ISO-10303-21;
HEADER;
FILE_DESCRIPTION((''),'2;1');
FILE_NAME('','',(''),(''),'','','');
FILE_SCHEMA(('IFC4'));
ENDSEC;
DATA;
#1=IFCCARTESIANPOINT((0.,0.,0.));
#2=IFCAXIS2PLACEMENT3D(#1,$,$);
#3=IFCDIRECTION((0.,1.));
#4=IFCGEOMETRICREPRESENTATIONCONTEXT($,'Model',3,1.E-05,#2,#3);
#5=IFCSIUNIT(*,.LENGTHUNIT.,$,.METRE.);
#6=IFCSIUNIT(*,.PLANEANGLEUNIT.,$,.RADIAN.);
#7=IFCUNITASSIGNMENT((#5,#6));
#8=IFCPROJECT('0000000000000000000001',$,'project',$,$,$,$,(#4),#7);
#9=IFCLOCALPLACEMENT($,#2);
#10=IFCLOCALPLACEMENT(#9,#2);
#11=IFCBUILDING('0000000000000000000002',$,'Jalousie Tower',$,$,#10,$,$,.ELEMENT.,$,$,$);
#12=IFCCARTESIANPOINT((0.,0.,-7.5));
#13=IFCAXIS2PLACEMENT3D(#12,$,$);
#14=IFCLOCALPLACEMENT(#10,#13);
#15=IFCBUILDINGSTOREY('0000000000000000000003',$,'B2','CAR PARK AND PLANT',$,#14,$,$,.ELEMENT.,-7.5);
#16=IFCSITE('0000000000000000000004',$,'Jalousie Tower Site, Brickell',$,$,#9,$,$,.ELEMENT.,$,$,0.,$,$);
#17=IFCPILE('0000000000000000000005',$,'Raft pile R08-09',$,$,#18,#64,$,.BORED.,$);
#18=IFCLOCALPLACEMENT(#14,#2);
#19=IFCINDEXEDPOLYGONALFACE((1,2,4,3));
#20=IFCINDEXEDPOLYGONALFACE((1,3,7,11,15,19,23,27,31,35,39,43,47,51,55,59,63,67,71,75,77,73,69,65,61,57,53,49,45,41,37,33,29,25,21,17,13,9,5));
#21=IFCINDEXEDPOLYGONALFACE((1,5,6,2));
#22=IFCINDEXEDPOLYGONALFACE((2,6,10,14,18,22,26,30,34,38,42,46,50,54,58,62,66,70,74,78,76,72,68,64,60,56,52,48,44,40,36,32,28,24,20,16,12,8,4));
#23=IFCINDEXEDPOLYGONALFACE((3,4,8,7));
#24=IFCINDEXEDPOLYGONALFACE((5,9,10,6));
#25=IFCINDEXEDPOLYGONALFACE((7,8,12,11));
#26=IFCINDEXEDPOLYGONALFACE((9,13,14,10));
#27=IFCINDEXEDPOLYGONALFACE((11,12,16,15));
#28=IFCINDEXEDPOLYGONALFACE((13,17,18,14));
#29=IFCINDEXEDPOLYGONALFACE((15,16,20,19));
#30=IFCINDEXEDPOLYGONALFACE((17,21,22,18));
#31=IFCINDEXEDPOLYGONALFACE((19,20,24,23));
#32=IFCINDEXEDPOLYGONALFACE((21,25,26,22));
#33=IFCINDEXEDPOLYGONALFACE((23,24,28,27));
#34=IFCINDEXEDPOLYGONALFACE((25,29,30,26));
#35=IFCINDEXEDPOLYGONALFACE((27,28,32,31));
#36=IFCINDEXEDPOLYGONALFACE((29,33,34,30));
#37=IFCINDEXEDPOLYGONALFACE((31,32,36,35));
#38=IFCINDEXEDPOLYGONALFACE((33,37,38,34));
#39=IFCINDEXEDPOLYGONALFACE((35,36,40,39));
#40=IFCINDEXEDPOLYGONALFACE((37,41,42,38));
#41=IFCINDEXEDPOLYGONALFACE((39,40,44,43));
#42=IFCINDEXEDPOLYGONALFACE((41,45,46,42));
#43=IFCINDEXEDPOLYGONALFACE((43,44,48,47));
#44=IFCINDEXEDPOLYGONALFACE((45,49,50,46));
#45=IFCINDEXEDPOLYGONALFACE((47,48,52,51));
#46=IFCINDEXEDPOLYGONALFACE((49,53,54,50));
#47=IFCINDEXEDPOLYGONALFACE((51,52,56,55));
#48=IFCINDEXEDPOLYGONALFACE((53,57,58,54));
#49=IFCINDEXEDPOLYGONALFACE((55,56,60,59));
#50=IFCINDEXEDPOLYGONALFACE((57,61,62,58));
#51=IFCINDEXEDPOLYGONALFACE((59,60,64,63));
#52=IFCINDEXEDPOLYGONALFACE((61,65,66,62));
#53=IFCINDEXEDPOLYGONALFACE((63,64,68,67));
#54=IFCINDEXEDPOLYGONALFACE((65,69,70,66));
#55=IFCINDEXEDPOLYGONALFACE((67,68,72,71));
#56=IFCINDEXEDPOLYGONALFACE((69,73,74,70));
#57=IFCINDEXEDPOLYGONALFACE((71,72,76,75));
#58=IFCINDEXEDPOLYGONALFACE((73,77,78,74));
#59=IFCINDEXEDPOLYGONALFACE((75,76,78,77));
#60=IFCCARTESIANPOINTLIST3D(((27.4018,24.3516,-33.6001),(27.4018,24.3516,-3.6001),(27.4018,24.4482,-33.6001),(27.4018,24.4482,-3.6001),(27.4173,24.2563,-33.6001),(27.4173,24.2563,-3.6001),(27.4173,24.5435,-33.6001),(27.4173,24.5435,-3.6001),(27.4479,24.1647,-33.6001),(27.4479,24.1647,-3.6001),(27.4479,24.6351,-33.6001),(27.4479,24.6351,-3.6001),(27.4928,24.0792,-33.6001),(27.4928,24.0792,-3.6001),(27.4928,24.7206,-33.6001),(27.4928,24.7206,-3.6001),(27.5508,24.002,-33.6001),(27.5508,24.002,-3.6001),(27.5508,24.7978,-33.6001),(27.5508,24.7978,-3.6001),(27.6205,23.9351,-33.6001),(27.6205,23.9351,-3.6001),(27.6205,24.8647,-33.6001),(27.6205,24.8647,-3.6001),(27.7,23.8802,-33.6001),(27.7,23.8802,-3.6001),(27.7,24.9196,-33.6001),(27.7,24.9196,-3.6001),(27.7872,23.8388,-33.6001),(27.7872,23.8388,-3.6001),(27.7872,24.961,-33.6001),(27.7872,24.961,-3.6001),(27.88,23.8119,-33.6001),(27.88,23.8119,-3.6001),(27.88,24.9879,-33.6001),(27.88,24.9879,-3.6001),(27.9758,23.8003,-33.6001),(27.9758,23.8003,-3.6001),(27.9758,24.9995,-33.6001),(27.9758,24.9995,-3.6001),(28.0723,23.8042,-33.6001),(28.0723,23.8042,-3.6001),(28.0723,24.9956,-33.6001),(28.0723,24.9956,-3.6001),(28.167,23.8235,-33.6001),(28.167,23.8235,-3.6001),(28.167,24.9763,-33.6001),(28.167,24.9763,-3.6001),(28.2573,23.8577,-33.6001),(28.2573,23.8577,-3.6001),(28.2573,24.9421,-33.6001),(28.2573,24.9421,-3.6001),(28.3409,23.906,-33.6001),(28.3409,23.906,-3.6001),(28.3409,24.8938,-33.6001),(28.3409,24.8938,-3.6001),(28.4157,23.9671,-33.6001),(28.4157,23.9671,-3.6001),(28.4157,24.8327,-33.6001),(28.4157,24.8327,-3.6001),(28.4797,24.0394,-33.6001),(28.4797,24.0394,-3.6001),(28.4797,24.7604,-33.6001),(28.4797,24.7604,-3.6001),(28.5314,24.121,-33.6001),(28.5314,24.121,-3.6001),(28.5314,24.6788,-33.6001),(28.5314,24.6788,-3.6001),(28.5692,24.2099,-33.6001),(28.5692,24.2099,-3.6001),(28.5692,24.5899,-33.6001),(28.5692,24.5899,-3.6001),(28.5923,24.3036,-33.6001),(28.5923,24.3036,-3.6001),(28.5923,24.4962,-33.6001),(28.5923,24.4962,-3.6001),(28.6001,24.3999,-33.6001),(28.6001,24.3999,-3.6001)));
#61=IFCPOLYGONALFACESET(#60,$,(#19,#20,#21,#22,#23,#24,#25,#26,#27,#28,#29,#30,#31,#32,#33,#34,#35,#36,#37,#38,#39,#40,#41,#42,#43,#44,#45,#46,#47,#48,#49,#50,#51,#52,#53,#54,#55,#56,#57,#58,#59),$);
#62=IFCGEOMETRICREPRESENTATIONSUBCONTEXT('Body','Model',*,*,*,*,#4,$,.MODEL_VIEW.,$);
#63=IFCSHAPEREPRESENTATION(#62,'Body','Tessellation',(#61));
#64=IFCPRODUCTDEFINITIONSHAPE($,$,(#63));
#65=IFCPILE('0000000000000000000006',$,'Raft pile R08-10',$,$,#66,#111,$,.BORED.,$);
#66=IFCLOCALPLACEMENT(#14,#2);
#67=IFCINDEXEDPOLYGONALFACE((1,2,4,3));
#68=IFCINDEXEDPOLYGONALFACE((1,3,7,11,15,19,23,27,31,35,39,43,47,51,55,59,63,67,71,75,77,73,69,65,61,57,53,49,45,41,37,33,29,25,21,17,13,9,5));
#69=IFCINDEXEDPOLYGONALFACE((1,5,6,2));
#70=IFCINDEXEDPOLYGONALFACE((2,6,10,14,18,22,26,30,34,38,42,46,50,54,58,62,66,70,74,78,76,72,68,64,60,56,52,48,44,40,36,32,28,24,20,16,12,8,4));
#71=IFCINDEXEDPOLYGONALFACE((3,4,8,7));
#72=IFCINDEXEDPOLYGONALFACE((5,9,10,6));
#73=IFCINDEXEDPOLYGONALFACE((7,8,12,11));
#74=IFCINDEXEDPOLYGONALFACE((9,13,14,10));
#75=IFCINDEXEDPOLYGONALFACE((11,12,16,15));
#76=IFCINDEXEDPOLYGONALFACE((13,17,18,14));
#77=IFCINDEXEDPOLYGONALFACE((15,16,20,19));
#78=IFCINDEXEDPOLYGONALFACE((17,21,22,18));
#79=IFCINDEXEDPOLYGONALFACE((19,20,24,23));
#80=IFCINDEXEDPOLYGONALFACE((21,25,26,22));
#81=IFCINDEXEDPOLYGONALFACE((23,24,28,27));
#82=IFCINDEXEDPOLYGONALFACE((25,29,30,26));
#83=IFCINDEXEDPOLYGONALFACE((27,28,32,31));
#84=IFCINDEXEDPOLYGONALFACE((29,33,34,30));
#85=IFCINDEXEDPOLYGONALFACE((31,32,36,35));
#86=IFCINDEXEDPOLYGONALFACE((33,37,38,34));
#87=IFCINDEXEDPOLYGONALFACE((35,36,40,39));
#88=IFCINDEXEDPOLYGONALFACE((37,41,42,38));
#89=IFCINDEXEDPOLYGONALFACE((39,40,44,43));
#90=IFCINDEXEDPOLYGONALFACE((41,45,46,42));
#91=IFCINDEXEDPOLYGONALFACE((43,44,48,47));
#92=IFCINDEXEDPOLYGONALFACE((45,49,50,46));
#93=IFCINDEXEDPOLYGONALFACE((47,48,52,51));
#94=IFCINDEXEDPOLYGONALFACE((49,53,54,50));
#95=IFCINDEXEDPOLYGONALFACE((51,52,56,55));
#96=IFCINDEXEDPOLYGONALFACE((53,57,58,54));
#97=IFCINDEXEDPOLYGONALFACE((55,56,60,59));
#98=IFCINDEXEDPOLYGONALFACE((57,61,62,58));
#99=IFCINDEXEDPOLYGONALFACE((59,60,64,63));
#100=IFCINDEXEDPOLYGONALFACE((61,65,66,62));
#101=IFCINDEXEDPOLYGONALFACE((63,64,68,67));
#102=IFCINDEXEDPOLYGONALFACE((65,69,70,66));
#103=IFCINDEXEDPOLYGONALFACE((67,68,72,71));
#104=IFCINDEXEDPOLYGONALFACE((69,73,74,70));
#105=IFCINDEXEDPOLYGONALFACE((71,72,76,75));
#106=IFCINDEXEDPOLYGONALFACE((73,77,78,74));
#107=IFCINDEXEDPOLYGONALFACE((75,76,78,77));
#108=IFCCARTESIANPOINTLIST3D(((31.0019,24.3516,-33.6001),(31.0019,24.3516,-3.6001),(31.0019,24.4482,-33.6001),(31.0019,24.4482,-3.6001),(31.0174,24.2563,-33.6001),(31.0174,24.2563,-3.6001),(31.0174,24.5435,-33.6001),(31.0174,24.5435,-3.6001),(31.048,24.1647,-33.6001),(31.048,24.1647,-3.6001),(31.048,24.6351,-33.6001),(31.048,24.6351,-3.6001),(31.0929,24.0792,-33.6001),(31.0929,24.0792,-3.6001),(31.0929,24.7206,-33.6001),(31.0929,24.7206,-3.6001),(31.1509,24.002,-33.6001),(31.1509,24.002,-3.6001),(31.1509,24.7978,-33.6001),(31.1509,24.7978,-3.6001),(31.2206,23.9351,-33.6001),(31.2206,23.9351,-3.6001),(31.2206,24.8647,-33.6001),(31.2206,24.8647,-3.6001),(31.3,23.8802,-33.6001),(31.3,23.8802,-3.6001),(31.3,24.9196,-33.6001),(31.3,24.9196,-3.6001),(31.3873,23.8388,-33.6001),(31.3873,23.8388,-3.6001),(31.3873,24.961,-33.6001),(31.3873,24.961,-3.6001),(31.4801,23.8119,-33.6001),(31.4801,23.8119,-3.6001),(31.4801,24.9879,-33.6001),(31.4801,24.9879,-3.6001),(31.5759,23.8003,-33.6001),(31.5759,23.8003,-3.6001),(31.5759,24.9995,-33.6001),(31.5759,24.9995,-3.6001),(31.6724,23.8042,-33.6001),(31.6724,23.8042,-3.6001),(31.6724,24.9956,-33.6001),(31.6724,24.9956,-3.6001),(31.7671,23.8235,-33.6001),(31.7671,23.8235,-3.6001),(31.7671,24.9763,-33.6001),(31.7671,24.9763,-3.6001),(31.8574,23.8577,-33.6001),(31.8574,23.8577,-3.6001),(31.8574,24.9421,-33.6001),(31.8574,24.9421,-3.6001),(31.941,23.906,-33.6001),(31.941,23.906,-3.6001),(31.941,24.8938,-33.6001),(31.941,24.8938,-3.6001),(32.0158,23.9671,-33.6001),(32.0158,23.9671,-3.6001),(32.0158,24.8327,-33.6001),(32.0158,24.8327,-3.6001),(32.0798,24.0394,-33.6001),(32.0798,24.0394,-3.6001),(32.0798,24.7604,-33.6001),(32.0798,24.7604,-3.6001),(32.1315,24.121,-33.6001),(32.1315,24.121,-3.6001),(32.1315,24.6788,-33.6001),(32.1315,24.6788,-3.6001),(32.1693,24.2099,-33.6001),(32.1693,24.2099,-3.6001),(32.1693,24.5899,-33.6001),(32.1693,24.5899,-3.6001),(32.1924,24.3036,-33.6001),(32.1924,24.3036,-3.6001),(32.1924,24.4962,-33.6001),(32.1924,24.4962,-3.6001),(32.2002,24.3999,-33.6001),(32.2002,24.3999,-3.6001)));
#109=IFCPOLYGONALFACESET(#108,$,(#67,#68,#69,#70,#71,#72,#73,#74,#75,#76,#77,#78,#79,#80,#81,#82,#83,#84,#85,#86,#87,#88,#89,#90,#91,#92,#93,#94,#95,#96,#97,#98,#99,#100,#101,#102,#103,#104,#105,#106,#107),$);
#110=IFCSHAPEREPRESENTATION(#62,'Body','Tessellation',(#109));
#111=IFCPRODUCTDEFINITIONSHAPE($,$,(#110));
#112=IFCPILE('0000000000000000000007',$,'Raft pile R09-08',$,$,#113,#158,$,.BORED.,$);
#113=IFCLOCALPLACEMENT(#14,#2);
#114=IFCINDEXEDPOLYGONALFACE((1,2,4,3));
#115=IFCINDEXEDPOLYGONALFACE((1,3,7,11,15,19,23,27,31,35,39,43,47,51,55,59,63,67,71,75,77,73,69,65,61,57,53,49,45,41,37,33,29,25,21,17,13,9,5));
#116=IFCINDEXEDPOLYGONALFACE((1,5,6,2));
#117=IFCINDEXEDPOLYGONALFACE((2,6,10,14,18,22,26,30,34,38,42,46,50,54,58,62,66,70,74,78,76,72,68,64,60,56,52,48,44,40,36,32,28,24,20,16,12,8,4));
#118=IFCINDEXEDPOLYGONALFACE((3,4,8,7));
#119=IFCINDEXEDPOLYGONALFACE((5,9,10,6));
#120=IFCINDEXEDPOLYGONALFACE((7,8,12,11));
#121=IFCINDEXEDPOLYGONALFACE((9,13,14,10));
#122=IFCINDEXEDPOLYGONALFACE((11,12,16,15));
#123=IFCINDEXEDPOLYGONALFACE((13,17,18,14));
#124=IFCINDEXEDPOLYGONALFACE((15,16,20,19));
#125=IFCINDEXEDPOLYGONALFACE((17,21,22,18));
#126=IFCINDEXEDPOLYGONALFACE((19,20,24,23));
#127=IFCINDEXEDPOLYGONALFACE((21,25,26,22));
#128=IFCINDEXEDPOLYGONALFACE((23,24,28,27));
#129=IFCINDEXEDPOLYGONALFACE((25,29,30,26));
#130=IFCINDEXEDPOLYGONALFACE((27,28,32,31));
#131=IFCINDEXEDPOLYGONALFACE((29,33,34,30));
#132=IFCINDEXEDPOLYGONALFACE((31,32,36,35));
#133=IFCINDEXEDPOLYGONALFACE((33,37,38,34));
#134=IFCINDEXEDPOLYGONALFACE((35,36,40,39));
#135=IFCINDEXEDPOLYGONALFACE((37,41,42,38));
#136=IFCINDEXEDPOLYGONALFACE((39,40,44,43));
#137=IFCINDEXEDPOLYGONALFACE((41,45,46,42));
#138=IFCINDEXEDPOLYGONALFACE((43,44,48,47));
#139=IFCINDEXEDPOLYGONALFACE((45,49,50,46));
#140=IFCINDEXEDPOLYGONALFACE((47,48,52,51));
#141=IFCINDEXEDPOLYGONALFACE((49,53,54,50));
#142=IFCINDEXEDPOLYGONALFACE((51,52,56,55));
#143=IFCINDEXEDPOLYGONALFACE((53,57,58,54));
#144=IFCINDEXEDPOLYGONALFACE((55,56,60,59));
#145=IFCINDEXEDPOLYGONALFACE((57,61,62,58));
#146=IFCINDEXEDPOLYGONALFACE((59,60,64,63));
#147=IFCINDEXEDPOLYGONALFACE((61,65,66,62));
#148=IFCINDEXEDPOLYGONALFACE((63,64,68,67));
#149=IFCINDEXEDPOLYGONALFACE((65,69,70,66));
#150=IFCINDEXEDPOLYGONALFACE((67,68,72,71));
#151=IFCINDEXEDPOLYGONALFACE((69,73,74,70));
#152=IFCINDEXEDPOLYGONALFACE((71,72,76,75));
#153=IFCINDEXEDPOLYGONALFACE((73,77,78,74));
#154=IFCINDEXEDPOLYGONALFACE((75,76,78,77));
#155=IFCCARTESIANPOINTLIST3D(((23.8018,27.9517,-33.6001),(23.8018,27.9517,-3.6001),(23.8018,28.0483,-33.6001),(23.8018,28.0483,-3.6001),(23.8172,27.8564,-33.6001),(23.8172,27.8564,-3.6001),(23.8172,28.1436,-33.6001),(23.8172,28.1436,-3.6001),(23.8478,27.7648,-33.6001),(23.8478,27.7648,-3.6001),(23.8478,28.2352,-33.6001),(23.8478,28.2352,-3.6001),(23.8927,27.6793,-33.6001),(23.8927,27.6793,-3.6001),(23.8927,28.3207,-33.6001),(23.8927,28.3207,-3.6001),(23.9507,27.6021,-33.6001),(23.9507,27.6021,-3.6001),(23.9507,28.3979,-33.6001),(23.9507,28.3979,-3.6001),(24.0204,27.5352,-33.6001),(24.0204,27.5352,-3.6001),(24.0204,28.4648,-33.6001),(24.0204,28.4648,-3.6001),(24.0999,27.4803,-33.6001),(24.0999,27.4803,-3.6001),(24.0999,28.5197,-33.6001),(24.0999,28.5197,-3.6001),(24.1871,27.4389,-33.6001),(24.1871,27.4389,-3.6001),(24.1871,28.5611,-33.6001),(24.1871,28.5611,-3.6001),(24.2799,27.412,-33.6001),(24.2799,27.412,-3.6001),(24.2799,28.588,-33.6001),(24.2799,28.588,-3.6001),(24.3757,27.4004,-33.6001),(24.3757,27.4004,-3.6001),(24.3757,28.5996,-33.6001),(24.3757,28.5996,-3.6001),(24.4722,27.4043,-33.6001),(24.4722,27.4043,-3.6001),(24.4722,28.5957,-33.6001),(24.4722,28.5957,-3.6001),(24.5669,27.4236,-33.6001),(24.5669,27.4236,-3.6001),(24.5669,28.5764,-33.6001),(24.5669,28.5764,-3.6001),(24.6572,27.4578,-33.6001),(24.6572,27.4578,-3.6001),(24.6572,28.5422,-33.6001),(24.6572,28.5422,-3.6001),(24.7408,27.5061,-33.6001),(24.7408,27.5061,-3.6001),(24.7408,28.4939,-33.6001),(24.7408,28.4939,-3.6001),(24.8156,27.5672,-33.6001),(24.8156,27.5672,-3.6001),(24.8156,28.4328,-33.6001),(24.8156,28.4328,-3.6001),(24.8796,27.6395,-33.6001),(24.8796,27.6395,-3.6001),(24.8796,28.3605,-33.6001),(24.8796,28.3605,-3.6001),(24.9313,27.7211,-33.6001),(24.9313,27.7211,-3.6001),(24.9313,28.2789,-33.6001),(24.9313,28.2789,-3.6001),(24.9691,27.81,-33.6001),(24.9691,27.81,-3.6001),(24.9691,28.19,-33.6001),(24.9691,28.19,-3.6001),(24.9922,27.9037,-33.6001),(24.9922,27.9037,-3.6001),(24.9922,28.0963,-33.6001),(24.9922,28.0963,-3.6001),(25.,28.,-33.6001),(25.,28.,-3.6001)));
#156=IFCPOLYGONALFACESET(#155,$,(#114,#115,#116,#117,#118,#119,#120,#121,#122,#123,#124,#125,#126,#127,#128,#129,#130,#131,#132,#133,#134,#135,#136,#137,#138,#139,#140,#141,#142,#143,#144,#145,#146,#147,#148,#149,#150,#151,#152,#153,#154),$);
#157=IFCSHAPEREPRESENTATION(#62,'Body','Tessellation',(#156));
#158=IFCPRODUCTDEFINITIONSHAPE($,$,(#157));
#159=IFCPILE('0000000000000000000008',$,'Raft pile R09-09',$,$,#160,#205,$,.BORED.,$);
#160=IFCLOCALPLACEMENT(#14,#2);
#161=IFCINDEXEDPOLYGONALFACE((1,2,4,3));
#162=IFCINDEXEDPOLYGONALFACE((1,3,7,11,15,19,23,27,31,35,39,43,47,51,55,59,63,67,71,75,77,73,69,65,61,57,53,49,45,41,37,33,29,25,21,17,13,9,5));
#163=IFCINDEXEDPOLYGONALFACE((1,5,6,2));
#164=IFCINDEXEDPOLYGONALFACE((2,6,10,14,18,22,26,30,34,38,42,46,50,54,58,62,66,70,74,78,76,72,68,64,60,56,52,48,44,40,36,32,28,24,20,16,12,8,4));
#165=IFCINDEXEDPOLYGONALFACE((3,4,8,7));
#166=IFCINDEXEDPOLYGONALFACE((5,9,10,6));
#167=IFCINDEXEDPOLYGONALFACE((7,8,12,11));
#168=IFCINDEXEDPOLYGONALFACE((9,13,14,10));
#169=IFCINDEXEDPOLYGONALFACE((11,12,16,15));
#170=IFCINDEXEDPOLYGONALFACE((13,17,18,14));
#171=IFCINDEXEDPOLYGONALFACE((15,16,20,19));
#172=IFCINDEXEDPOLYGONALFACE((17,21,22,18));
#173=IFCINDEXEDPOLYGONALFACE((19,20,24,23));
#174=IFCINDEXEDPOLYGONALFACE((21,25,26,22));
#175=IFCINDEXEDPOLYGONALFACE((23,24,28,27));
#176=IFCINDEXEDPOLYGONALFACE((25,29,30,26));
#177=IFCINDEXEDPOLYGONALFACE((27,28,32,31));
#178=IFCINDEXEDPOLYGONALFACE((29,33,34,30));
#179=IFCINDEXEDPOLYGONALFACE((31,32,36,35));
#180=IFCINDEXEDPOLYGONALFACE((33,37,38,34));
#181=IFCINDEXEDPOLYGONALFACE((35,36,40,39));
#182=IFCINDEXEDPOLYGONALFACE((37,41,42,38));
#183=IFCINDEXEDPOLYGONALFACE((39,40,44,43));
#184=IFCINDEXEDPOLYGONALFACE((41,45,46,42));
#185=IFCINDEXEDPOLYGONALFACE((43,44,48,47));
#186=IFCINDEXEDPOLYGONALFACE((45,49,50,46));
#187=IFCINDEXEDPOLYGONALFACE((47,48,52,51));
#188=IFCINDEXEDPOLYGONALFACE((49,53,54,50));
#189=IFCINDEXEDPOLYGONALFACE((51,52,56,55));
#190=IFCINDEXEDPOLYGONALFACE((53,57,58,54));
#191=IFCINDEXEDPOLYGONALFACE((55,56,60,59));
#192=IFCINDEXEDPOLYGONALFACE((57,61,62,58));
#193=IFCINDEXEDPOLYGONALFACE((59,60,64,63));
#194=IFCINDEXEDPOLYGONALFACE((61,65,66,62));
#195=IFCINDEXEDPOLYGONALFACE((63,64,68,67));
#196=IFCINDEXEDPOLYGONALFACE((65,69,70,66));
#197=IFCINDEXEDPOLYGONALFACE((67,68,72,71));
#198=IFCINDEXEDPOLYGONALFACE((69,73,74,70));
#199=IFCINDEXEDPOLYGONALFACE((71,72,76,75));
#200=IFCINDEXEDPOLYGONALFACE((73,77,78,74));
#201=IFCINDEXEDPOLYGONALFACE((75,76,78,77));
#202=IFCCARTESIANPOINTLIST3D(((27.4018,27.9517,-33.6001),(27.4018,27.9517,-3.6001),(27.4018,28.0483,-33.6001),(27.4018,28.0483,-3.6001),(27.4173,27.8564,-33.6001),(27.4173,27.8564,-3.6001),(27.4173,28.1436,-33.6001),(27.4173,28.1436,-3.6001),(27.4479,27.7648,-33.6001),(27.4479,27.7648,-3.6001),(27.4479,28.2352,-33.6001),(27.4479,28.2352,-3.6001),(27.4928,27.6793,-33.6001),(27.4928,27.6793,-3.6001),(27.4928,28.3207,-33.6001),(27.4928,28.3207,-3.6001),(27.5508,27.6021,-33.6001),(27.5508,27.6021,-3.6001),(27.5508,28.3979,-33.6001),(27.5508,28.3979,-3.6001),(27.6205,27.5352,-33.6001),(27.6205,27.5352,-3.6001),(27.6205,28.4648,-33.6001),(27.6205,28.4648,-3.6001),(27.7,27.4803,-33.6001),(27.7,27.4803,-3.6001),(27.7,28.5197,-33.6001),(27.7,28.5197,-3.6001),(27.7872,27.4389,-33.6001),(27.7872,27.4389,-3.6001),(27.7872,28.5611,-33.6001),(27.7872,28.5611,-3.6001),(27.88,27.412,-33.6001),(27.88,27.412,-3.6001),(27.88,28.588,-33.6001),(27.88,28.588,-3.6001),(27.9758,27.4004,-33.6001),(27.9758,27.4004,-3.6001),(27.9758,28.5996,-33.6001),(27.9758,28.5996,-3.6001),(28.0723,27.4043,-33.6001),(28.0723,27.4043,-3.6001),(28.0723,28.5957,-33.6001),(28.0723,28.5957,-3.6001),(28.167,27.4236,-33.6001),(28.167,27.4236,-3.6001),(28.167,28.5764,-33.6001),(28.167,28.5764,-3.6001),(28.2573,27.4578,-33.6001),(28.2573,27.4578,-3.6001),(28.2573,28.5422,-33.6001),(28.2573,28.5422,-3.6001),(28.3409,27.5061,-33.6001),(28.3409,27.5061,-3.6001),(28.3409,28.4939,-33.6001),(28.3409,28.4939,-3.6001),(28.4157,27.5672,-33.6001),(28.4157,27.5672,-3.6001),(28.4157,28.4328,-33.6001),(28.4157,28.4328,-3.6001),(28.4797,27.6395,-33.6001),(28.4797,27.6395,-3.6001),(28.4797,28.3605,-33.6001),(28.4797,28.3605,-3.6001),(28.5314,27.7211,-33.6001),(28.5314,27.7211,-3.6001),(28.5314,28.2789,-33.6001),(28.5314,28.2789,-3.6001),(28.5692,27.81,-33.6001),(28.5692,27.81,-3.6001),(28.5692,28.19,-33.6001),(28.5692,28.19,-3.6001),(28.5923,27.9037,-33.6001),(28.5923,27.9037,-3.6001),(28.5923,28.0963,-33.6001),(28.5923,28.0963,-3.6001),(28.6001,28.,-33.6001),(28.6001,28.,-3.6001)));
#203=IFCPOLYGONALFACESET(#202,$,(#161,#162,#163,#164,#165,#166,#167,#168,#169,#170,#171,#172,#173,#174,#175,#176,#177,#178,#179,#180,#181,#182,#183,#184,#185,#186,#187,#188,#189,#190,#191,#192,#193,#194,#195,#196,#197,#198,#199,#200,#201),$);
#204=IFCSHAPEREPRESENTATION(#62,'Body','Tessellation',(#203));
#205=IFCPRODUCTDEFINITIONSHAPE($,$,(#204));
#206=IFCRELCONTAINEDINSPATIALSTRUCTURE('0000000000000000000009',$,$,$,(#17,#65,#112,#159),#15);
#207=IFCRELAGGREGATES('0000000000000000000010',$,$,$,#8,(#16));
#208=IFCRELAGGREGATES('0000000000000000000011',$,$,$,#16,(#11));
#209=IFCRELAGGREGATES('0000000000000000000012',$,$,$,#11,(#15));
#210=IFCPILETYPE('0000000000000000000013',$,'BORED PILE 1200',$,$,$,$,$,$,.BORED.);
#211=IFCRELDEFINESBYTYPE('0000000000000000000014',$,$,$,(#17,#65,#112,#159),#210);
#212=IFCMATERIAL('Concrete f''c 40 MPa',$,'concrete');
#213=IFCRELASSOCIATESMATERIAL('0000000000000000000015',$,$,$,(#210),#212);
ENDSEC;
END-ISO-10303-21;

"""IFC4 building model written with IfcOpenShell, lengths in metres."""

from ifc_helpers import new_model, si_unit, direction, frame, origin, origin_2d, place, context, subcontext, project, spatial, circle, extrude, material, material_profile, profile_set, type_object, element, save


model = new_model("IFC4")

# Units and contexts
model_context = context("Model", 3, precision=1e-05, world=origin(), true_north=direction((0.0, 1.0)))
body_context = subcontext(model_context, "Body", "Model", "MODEL_VIEW")
ifc_project = project(units=[si_unit("LENGTHUNIT", "METRE"), si_unit("PLANEANGLEUNIT", "RADIAN")], contexts=[model_context])

# Site, building, storey
site_placement = place(None, origin())
site = spatial("IfcSite", under=ifc_project, at=site_placement, Name="Jalousie Tower Site, Brickell", CompositionType="ELEMENT", RefElevation=0.0)
building_placement = place(site_placement, origin())
building = spatial("IfcBuilding", under=site, at=building_placement, Name="Jalousie Tower", CompositionType="ELEMENT")
storey_placement = place(building_placement, frame((0.0, 0.0, -7.5)))
storey = spatial("IfcBuildingStorey", under=building, at=storey_placement, Name="B2", Description="CAR PARK AND PLANT", CompositionType="ELEMENT", Elevation=-7.5)

# Piles
ifc_material_1 = material(Name="Concrete f'c 40 MPa", Category="concrete")
ifc_material_profile = material_profile(ifc_material_1, circle(Radius=0.6001, at=origin_2d()), Name="BORED PILE D1200")
ifc_profile_set = profile_set([ifc_material_profile], Name="Concrete f'c 40 MPa")
pile_type = type_object("IfcPileType", Name="BORED PILE 1200", PredefinedType="BORED", material=ifc_profile_set)
for number, where, z_axis, x_axis, name in (
    (1, (28.0, 24.3999, -3.6001), (0.0, 0.0, -1.0), (1.0, 0.0, 0.0), "Raft pile R08-09"),
    (2, (31.6001, 24.3999, -3.6001), (0.0, 0.0, -1.0), (1.0, 0.0, 0.0), "Raft pile R08-10"),
    (3, (24.3999, 28.0, -3.6001), (0.0, 0.0, -1.0), (1.0, 0.0, 0.0), "Raft pile R09-08"),
    (4, (28.0, 28.0, -3.6001), (0.0, 0.0, -1.0), (1.0, 0.0, 0.0), "Raft pile R09-09"),
):
    element("IfcPile", number, at=place(storey_placement, frame(where, z_axis=z_axis, x_axis=x_axis)), inside=storey, type_object=pile_type, Name=name, PredefinedType="BORED", context=body_context, shape_type="SweptSolid", body=[
        extrude(circle(Radius=0.6001, at=origin_2d()), origin(), (0.0, 0.0, 1.0), 30.0),
    ])

save(model, "model.ifc")
